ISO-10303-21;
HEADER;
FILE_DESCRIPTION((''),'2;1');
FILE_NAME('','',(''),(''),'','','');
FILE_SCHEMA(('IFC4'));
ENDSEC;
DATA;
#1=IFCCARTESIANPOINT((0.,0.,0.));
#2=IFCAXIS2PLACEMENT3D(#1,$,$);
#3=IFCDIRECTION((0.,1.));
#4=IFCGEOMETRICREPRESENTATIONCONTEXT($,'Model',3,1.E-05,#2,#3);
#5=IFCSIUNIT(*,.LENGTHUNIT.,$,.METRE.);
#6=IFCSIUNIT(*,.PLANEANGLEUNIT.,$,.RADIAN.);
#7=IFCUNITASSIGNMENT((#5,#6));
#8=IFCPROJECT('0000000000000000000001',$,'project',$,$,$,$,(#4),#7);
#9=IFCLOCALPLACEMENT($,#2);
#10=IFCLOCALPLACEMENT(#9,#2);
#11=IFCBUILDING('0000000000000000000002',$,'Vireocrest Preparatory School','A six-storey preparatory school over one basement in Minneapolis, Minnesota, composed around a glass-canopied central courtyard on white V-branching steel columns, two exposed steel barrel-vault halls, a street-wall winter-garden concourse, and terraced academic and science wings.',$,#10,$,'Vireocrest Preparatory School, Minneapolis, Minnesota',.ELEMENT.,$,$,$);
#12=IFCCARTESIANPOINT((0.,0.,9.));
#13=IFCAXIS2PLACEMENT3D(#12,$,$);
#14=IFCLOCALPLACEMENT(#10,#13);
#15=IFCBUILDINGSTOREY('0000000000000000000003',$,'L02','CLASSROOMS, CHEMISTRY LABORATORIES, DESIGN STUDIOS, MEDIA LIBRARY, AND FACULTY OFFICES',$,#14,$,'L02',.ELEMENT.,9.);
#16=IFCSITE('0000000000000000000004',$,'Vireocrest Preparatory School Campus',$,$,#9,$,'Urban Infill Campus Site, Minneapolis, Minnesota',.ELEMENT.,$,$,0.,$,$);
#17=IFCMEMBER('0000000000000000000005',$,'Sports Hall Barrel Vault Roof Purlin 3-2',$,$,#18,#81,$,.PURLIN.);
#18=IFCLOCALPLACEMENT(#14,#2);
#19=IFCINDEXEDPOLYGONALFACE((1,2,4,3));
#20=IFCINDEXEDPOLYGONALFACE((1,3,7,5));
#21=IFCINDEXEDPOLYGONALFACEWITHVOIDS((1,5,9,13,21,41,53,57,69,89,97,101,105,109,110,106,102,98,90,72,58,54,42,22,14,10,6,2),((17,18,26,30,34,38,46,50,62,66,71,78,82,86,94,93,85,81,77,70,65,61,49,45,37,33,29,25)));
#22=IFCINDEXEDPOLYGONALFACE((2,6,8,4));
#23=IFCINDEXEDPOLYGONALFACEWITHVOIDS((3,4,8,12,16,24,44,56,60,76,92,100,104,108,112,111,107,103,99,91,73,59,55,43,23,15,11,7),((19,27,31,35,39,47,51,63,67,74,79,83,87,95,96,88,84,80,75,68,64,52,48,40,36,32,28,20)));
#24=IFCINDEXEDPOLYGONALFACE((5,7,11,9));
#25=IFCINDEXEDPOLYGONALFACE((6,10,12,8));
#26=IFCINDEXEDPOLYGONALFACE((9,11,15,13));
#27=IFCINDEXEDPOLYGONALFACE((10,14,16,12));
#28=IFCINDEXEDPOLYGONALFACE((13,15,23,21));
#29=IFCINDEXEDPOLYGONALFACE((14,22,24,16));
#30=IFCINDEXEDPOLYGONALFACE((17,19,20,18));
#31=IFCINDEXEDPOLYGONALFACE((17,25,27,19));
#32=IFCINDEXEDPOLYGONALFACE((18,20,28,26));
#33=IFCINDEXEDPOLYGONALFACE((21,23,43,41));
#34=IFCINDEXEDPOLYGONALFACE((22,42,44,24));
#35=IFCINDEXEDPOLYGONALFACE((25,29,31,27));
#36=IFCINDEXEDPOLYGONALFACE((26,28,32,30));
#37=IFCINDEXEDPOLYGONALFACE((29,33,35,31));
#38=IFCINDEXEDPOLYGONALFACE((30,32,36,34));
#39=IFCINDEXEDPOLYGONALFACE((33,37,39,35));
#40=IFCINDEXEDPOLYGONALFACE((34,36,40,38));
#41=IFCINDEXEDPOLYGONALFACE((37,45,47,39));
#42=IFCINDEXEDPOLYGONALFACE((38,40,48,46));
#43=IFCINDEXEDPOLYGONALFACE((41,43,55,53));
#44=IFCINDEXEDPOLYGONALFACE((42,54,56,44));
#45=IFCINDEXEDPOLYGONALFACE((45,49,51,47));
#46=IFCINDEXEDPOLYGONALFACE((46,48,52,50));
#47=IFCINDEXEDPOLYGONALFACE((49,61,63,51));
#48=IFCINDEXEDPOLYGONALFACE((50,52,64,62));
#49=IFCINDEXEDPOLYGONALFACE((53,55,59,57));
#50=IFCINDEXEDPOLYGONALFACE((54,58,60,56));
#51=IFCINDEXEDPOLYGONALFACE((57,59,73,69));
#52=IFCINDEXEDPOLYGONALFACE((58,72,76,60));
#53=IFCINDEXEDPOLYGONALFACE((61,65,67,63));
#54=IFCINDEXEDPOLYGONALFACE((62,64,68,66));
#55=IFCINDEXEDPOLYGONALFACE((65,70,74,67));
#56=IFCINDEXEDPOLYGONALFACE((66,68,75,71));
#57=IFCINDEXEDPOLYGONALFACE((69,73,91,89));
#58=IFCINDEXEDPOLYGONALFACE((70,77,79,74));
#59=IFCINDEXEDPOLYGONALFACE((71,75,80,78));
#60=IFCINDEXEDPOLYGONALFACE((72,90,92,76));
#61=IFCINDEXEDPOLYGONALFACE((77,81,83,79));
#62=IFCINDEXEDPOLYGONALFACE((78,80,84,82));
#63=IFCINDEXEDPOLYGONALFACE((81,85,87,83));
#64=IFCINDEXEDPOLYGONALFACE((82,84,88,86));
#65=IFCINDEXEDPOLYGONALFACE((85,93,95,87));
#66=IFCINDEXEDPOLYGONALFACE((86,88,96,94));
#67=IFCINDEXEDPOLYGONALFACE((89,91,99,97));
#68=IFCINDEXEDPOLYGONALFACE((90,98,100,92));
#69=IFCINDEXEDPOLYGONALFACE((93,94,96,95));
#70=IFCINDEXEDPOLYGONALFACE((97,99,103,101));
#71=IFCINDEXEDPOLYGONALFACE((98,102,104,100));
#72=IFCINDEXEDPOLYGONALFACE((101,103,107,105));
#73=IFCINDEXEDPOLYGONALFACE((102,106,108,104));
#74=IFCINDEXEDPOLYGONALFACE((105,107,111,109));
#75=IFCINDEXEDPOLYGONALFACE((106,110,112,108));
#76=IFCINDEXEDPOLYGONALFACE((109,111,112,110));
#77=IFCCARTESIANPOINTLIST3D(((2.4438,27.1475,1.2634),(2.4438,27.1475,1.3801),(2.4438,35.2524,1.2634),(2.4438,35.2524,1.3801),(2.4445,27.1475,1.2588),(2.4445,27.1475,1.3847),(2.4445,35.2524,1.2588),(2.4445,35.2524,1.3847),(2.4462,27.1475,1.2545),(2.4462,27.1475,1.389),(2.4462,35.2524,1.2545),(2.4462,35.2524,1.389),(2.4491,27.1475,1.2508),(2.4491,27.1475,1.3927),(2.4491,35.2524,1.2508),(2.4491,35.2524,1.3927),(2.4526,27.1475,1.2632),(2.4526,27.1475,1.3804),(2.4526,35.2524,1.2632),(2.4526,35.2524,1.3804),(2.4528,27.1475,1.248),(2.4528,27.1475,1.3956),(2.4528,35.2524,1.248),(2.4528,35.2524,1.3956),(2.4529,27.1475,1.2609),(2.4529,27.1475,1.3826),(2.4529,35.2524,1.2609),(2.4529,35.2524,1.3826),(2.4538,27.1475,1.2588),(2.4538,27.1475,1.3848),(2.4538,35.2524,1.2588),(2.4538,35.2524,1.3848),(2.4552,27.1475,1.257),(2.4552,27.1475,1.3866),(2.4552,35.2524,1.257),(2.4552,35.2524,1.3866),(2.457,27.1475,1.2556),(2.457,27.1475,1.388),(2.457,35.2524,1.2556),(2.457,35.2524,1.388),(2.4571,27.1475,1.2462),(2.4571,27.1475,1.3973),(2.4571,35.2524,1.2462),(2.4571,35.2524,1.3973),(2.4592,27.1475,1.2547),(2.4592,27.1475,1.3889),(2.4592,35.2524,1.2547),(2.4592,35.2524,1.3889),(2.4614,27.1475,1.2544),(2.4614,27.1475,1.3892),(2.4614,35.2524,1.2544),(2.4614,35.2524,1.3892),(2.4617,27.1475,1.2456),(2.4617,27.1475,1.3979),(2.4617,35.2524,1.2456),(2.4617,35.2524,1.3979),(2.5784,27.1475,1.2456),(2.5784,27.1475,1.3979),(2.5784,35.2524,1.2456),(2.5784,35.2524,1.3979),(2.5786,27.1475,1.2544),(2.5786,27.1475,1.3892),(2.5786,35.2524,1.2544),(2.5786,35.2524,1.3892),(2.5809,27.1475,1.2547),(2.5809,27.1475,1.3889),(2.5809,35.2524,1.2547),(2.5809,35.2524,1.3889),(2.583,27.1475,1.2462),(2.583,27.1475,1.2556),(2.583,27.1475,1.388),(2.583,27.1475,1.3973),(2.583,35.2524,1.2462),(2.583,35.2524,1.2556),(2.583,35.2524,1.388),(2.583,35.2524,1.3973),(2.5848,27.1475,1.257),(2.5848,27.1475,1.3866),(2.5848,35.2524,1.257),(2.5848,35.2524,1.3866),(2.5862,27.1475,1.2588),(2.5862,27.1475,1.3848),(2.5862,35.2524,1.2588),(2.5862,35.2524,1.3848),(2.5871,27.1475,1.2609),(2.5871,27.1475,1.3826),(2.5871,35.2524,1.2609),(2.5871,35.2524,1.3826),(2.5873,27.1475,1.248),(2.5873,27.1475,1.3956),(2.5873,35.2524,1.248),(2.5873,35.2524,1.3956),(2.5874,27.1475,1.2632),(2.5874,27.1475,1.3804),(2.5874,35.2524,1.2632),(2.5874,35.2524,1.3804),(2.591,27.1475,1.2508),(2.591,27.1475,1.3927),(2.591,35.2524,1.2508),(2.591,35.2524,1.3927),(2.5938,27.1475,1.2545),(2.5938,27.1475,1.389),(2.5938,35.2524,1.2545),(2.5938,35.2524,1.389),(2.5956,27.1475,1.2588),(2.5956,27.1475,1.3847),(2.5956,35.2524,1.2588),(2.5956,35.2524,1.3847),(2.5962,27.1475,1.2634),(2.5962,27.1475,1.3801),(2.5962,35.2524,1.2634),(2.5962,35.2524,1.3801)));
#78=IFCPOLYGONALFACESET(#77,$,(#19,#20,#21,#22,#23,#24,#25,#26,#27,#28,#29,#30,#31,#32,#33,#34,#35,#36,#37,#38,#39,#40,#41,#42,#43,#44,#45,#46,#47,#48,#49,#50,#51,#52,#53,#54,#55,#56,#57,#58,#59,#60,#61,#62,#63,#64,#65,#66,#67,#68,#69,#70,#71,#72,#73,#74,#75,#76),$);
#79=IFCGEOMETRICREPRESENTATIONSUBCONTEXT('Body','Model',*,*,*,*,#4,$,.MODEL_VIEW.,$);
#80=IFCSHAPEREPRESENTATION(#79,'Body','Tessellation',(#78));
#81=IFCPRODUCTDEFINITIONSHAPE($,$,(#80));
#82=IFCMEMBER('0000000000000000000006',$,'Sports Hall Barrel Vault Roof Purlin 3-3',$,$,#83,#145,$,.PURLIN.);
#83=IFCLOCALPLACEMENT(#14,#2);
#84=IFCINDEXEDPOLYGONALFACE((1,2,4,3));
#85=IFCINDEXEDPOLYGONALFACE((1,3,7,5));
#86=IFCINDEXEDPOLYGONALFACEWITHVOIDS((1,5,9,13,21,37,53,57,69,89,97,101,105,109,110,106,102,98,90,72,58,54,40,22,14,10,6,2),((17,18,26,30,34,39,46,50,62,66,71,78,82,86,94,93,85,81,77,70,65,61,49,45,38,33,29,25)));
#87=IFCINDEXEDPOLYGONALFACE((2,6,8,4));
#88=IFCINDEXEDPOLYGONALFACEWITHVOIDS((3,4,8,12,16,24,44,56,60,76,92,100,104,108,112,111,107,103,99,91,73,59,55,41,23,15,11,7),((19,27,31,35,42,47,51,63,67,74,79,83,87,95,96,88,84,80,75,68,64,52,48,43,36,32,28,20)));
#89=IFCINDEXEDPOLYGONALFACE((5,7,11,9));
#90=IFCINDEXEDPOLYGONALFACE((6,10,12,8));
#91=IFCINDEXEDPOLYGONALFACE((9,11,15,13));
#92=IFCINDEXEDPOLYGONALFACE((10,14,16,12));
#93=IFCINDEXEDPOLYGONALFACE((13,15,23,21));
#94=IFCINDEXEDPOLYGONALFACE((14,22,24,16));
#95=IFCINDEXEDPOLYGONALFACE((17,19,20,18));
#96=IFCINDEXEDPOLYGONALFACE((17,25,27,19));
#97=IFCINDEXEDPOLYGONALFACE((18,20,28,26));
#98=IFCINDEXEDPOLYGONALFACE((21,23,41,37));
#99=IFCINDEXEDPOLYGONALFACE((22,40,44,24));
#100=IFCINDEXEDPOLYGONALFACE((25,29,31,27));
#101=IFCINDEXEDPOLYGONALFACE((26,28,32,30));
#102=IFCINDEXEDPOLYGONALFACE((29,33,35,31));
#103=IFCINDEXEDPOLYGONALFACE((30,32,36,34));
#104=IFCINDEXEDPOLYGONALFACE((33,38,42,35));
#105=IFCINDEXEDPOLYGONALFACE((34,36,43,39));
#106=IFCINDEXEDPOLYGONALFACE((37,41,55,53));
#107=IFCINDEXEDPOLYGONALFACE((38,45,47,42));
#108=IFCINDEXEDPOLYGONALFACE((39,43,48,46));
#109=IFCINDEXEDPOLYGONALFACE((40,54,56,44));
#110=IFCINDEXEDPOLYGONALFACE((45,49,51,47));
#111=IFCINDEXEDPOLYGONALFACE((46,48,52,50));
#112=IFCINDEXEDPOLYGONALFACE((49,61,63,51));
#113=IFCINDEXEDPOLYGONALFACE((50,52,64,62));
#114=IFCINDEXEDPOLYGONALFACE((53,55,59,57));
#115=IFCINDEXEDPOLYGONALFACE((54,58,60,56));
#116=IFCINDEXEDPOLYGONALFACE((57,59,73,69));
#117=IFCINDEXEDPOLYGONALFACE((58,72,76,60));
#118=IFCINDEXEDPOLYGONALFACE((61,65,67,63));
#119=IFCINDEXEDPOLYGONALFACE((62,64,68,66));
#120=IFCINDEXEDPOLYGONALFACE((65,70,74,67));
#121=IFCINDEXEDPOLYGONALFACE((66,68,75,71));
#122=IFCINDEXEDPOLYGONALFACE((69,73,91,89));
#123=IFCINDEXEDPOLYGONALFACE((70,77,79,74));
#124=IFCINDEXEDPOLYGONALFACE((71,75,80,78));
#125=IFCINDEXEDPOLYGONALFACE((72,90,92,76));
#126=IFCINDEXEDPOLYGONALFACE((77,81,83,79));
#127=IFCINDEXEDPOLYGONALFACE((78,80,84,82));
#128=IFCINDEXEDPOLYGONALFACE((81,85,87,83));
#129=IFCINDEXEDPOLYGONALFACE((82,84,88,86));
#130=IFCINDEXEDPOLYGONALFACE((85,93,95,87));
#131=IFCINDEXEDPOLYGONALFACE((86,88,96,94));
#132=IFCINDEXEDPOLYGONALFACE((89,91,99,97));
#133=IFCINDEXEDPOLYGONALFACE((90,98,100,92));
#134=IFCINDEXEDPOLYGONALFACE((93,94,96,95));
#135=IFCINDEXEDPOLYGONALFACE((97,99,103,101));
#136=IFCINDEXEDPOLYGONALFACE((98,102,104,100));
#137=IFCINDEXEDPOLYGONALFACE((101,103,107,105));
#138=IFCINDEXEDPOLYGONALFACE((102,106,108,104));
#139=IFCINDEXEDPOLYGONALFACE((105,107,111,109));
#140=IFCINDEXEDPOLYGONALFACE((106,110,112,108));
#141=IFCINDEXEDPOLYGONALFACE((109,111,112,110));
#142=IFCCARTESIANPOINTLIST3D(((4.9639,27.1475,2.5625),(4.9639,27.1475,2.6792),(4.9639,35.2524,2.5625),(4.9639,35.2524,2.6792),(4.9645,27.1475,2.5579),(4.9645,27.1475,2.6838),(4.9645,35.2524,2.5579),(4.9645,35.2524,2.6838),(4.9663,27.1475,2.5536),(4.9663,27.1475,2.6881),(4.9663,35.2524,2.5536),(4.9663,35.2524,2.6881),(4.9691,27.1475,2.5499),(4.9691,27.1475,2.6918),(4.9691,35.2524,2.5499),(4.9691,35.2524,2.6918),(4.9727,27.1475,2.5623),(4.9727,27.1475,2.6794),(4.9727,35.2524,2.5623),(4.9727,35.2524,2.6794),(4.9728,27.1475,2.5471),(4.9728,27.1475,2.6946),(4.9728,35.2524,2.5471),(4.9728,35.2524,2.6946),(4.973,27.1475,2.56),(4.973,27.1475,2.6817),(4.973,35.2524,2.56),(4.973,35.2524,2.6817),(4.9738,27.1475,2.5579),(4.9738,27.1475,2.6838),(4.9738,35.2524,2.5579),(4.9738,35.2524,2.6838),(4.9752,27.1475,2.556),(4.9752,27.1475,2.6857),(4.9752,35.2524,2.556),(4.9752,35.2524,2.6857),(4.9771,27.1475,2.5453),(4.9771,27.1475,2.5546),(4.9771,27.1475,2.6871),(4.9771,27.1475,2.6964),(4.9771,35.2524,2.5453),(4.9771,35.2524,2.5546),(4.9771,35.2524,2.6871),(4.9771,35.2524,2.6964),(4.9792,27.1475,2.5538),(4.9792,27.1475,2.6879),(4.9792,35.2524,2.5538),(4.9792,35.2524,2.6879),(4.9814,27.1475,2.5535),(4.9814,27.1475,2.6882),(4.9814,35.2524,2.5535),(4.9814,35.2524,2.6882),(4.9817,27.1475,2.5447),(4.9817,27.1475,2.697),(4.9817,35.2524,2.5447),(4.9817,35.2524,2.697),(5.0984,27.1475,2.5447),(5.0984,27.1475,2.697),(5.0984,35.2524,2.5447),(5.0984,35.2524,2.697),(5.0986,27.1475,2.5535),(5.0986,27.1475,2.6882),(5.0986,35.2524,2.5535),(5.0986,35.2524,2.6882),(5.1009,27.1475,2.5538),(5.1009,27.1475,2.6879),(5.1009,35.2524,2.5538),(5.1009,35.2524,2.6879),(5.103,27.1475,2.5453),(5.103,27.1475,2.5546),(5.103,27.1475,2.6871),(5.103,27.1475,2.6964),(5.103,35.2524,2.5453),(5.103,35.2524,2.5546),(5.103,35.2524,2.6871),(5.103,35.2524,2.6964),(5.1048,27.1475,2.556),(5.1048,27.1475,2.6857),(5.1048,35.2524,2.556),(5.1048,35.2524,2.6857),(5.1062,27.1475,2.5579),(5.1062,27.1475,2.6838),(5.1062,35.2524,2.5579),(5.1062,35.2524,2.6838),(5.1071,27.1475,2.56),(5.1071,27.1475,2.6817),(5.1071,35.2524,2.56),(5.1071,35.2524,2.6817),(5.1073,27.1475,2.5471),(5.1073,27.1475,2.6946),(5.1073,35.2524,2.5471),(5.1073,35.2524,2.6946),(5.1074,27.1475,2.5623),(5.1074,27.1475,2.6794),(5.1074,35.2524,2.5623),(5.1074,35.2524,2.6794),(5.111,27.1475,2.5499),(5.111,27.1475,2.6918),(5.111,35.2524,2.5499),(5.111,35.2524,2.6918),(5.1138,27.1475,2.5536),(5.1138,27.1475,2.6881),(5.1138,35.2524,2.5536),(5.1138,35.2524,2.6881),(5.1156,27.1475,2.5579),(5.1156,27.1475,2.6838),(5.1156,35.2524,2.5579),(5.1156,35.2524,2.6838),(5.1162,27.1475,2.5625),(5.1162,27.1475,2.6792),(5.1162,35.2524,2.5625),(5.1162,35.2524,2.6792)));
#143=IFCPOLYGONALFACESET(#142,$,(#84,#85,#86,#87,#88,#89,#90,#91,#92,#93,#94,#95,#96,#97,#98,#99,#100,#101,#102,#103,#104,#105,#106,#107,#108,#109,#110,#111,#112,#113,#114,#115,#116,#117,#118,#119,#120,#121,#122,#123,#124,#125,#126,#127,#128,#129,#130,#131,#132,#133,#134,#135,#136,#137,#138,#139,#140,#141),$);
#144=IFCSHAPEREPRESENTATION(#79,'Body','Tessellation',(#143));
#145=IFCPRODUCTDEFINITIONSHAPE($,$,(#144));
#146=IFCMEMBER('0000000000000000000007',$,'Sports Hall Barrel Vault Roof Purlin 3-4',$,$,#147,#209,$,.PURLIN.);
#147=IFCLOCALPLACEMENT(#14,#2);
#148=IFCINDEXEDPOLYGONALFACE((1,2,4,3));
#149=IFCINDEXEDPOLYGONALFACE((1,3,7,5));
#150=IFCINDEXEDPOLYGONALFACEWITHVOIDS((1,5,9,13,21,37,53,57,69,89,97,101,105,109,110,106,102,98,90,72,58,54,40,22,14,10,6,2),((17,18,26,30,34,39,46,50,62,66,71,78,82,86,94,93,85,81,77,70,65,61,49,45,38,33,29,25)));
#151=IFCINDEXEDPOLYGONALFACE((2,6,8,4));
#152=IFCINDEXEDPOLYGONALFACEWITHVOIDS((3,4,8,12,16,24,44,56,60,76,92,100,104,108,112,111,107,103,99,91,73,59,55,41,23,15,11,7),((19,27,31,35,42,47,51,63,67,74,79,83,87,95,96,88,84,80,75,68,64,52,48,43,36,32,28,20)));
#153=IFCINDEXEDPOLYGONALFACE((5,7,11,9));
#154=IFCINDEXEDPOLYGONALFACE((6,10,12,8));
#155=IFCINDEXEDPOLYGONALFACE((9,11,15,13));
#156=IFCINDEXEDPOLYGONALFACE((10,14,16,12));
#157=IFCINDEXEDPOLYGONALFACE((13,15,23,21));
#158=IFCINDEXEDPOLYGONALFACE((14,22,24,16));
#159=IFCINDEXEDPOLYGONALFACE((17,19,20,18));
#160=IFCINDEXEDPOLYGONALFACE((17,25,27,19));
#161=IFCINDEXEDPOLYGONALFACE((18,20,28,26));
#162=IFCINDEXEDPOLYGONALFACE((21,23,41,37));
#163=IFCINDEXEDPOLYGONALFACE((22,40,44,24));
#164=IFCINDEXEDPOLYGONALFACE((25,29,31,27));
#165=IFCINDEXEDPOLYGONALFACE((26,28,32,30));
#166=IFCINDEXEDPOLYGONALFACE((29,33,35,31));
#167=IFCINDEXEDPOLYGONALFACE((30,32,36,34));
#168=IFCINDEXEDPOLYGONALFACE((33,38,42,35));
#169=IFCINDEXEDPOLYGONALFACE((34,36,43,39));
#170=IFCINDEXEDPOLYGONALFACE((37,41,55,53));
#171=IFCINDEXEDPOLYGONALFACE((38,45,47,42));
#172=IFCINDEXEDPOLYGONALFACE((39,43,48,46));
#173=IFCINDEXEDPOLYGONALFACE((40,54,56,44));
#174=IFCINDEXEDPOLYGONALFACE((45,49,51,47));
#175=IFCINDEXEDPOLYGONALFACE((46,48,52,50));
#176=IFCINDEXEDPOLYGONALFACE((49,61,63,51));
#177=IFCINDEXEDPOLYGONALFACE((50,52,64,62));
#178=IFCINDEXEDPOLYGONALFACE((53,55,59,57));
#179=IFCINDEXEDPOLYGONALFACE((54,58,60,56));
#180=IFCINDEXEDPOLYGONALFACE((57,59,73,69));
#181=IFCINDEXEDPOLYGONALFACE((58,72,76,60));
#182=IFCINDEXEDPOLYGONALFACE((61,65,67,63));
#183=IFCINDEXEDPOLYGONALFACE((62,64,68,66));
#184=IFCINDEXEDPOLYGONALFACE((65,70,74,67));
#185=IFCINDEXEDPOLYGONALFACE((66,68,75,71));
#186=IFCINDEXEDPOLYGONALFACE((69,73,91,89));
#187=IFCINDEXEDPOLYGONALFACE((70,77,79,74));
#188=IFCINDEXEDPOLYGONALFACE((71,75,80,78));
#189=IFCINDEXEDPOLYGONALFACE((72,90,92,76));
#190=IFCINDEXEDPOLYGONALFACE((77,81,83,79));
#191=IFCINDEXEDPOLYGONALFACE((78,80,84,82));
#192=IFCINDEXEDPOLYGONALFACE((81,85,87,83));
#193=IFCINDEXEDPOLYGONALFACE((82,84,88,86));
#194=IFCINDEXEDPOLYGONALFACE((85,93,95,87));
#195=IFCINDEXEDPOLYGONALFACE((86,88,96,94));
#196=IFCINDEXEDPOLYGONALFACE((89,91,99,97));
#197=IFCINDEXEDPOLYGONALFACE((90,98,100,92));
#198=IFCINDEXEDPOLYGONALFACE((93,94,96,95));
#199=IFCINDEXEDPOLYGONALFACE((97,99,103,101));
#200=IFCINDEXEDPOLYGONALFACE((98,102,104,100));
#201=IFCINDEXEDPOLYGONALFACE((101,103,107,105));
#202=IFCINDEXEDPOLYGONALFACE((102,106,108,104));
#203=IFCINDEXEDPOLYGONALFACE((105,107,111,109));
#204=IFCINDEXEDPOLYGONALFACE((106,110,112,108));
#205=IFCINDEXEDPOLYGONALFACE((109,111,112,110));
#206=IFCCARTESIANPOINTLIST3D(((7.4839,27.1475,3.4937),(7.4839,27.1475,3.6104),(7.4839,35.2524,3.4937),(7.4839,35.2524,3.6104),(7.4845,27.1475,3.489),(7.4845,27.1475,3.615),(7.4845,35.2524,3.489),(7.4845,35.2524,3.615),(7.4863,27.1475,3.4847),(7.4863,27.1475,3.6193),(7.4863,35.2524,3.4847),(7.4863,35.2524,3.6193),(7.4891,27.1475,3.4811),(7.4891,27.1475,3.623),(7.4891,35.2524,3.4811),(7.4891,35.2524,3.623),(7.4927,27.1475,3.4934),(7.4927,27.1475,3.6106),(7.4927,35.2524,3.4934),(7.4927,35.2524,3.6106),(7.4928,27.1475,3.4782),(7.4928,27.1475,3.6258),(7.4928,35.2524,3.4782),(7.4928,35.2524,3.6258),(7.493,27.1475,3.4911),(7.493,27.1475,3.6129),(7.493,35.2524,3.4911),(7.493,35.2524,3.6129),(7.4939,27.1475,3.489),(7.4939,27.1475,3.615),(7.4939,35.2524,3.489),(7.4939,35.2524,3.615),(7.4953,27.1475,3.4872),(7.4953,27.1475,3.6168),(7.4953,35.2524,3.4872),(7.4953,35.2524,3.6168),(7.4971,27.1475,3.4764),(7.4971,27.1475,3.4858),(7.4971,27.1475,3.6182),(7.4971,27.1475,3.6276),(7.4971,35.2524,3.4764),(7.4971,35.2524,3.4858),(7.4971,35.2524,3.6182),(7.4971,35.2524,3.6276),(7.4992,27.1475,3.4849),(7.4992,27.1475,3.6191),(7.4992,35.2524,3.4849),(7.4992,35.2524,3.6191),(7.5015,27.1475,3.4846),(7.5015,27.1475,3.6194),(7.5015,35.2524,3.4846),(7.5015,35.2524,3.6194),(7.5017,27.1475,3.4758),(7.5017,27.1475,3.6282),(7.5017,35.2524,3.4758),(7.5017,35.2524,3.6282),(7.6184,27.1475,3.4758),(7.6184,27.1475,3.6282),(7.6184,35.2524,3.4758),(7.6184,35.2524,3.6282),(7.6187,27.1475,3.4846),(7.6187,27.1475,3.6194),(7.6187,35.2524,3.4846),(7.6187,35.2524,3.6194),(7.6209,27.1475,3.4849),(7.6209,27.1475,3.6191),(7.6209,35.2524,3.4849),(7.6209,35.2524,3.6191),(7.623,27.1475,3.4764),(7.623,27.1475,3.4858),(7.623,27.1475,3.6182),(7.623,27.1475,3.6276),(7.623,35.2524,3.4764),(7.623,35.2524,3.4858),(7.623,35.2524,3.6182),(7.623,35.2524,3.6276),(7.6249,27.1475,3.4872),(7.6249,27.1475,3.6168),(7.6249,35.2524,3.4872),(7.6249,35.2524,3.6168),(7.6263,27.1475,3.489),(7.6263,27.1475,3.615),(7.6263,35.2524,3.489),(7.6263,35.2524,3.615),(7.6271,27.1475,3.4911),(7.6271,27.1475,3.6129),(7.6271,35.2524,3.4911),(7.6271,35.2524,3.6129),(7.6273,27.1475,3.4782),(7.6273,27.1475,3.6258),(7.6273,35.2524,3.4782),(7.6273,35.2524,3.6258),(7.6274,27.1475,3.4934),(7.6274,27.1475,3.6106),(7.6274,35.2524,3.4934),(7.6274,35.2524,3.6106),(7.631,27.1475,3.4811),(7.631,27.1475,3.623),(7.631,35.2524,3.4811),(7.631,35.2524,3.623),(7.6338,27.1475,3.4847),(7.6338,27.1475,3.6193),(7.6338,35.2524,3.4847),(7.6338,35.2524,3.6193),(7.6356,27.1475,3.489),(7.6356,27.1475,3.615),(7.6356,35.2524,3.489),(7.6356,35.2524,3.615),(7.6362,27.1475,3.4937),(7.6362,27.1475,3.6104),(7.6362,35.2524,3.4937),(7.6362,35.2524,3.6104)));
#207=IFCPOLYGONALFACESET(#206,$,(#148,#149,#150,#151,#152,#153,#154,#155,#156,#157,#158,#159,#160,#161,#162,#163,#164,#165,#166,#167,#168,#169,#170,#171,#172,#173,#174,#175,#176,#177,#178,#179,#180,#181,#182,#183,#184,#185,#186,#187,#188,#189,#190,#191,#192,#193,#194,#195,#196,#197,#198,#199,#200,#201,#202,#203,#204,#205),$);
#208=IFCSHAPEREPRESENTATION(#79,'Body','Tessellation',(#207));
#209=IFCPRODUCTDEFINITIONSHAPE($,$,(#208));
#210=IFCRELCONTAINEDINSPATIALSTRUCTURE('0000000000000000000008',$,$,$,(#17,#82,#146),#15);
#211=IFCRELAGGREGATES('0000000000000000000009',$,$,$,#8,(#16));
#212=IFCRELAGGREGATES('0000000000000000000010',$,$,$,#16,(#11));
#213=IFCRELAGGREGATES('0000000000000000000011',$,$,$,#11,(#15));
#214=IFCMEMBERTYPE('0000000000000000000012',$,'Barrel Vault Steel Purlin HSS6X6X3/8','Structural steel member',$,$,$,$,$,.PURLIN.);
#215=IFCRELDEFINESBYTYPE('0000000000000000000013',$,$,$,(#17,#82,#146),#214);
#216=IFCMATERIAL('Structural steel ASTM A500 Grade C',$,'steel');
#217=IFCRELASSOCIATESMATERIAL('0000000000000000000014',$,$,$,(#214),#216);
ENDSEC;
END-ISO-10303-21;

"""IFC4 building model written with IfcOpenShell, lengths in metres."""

from ifc_helpers import new_model, si_unit, direction, frame, origin, origin_2d, place, context, subcontext, project, spatial, hollow_rectangle, extrude, material, material_profile, profile_set, type_object, element, save


model = new_model("IFC4")

# Units and contexts
model_context = context("Model", 3, precision=1e-05, world=origin(), true_north=direction((0.0, 1.0)))
body_context = subcontext(model_context, "Body", "Model", "MODEL_VIEW")
ifc_project = project(units=[si_unit("LENGTHUNIT", "METRE"), si_unit("PLANEANGLEUNIT", "RADIAN")], contexts=[model_context])

# Site, building, storey
site_placement = place(None, origin())
site = spatial("IfcSite", under=ifc_project, at=site_placement, Name="Vireocrest Preparatory School Campus", LongName="Urban Infill Campus Site, Minneapolis, Minnesota", CompositionType="ELEMENT", RefElevation=0.0)
building_placement = place(site_placement, origin())
building = spatial("IfcBuilding", under=site, at=building_placement, Name="Vireocrest Preparatory School", Description="A six-storey preparatory school over one basement in Minneapolis, Minnesota, composed around a glass-canopied central courtyard on white V-branching steel columns, two exposed steel barrel-vault halls, a street-wall winter-garden concourse, and terraced academic and science wings.", LongName="Vireocrest Preparatory School, Minneapolis, Minnesota", CompositionType="ELEMENT")
storey_placement = place(building_placement, frame((0.0, 0.0, 9.0)))
storey = spatial("IfcBuildingStorey", under=building, at=storey_placement, Name="L02", Description="CLASSROOMS, CHEMISTRY LABORATORIES, DESIGN STUDIOS, MEDIA LIBRARY, AND FACULTY OFFICES", LongName="L02", CompositionType="ELEMENT", Elevation=9.0)

# Members
ifc_material_1 = material(Name="Structural steel ASTM A500 Grade C", Category="steel")
ifc_material_profile_1 = material_profile(ifc_material_1, hollow_rectangle(XDim=0.1523, YDim=0.1523, WallThickness=0.0088, InnerFilletRadius=0.0088, OuterFilletRadius=0.0178, at=origin_2d()), Name="HSS6X6X3/8")
ifc_profile_set_1 = profile_set([ifc_material_profile_1], Name="Structural steel ASTM A500 Grade C")
member_type_1 = type_object("IfcMemberType", Name="Barrel Vault Steel Purlin HSS6X6X3/8", Description="Structural steel member", PredefinedType="PURLIN", material=ifc_profile_set_1)
for number, where, z_axis, x_axis, name in (
    (1, (2.52, 27.1475, 1.3218), (0.0, 1.0, 0.0), (-1.0, 0.0, 0.0), "Sports Hall Barrel Vault Roof Purlin 3-2"),
    (2, (5.04, 27.1475, 2.6208), (0.0, 1.0, 0.0), (-1.0, 0.0, 0.0), "Sports Hall Barrel Vault Roof Purlin 3-3"),
    (3, (7.5601, 27.1475, 3.552), (0.0, 1.0, 0.0), (-1.0, 0.0, 0.0), "Sports Hall Barrel Vault Roof Purlin 3-4"),
):
    element("IfcMember", number, at=place(storey_placement, frame(where, z_axis=z_axis, x_axis=x_axis)), inside=storey, type_object=member_type_1, Name=name, PredefinedType="PURLIN", context=body_context, shape_type="SweptSolid", body=[
        extrude(hollow_rectangle(XDim=0.1523, YDim=0.1523, WallThickness=0.0088, InnerFilletRadius=0.0088, OuterFilletRadius=0.0178, at=origin_2d()), origin(), (0.0, 0.0, 1.0), 8.105),
    ])

save(model, "model.ifc")
